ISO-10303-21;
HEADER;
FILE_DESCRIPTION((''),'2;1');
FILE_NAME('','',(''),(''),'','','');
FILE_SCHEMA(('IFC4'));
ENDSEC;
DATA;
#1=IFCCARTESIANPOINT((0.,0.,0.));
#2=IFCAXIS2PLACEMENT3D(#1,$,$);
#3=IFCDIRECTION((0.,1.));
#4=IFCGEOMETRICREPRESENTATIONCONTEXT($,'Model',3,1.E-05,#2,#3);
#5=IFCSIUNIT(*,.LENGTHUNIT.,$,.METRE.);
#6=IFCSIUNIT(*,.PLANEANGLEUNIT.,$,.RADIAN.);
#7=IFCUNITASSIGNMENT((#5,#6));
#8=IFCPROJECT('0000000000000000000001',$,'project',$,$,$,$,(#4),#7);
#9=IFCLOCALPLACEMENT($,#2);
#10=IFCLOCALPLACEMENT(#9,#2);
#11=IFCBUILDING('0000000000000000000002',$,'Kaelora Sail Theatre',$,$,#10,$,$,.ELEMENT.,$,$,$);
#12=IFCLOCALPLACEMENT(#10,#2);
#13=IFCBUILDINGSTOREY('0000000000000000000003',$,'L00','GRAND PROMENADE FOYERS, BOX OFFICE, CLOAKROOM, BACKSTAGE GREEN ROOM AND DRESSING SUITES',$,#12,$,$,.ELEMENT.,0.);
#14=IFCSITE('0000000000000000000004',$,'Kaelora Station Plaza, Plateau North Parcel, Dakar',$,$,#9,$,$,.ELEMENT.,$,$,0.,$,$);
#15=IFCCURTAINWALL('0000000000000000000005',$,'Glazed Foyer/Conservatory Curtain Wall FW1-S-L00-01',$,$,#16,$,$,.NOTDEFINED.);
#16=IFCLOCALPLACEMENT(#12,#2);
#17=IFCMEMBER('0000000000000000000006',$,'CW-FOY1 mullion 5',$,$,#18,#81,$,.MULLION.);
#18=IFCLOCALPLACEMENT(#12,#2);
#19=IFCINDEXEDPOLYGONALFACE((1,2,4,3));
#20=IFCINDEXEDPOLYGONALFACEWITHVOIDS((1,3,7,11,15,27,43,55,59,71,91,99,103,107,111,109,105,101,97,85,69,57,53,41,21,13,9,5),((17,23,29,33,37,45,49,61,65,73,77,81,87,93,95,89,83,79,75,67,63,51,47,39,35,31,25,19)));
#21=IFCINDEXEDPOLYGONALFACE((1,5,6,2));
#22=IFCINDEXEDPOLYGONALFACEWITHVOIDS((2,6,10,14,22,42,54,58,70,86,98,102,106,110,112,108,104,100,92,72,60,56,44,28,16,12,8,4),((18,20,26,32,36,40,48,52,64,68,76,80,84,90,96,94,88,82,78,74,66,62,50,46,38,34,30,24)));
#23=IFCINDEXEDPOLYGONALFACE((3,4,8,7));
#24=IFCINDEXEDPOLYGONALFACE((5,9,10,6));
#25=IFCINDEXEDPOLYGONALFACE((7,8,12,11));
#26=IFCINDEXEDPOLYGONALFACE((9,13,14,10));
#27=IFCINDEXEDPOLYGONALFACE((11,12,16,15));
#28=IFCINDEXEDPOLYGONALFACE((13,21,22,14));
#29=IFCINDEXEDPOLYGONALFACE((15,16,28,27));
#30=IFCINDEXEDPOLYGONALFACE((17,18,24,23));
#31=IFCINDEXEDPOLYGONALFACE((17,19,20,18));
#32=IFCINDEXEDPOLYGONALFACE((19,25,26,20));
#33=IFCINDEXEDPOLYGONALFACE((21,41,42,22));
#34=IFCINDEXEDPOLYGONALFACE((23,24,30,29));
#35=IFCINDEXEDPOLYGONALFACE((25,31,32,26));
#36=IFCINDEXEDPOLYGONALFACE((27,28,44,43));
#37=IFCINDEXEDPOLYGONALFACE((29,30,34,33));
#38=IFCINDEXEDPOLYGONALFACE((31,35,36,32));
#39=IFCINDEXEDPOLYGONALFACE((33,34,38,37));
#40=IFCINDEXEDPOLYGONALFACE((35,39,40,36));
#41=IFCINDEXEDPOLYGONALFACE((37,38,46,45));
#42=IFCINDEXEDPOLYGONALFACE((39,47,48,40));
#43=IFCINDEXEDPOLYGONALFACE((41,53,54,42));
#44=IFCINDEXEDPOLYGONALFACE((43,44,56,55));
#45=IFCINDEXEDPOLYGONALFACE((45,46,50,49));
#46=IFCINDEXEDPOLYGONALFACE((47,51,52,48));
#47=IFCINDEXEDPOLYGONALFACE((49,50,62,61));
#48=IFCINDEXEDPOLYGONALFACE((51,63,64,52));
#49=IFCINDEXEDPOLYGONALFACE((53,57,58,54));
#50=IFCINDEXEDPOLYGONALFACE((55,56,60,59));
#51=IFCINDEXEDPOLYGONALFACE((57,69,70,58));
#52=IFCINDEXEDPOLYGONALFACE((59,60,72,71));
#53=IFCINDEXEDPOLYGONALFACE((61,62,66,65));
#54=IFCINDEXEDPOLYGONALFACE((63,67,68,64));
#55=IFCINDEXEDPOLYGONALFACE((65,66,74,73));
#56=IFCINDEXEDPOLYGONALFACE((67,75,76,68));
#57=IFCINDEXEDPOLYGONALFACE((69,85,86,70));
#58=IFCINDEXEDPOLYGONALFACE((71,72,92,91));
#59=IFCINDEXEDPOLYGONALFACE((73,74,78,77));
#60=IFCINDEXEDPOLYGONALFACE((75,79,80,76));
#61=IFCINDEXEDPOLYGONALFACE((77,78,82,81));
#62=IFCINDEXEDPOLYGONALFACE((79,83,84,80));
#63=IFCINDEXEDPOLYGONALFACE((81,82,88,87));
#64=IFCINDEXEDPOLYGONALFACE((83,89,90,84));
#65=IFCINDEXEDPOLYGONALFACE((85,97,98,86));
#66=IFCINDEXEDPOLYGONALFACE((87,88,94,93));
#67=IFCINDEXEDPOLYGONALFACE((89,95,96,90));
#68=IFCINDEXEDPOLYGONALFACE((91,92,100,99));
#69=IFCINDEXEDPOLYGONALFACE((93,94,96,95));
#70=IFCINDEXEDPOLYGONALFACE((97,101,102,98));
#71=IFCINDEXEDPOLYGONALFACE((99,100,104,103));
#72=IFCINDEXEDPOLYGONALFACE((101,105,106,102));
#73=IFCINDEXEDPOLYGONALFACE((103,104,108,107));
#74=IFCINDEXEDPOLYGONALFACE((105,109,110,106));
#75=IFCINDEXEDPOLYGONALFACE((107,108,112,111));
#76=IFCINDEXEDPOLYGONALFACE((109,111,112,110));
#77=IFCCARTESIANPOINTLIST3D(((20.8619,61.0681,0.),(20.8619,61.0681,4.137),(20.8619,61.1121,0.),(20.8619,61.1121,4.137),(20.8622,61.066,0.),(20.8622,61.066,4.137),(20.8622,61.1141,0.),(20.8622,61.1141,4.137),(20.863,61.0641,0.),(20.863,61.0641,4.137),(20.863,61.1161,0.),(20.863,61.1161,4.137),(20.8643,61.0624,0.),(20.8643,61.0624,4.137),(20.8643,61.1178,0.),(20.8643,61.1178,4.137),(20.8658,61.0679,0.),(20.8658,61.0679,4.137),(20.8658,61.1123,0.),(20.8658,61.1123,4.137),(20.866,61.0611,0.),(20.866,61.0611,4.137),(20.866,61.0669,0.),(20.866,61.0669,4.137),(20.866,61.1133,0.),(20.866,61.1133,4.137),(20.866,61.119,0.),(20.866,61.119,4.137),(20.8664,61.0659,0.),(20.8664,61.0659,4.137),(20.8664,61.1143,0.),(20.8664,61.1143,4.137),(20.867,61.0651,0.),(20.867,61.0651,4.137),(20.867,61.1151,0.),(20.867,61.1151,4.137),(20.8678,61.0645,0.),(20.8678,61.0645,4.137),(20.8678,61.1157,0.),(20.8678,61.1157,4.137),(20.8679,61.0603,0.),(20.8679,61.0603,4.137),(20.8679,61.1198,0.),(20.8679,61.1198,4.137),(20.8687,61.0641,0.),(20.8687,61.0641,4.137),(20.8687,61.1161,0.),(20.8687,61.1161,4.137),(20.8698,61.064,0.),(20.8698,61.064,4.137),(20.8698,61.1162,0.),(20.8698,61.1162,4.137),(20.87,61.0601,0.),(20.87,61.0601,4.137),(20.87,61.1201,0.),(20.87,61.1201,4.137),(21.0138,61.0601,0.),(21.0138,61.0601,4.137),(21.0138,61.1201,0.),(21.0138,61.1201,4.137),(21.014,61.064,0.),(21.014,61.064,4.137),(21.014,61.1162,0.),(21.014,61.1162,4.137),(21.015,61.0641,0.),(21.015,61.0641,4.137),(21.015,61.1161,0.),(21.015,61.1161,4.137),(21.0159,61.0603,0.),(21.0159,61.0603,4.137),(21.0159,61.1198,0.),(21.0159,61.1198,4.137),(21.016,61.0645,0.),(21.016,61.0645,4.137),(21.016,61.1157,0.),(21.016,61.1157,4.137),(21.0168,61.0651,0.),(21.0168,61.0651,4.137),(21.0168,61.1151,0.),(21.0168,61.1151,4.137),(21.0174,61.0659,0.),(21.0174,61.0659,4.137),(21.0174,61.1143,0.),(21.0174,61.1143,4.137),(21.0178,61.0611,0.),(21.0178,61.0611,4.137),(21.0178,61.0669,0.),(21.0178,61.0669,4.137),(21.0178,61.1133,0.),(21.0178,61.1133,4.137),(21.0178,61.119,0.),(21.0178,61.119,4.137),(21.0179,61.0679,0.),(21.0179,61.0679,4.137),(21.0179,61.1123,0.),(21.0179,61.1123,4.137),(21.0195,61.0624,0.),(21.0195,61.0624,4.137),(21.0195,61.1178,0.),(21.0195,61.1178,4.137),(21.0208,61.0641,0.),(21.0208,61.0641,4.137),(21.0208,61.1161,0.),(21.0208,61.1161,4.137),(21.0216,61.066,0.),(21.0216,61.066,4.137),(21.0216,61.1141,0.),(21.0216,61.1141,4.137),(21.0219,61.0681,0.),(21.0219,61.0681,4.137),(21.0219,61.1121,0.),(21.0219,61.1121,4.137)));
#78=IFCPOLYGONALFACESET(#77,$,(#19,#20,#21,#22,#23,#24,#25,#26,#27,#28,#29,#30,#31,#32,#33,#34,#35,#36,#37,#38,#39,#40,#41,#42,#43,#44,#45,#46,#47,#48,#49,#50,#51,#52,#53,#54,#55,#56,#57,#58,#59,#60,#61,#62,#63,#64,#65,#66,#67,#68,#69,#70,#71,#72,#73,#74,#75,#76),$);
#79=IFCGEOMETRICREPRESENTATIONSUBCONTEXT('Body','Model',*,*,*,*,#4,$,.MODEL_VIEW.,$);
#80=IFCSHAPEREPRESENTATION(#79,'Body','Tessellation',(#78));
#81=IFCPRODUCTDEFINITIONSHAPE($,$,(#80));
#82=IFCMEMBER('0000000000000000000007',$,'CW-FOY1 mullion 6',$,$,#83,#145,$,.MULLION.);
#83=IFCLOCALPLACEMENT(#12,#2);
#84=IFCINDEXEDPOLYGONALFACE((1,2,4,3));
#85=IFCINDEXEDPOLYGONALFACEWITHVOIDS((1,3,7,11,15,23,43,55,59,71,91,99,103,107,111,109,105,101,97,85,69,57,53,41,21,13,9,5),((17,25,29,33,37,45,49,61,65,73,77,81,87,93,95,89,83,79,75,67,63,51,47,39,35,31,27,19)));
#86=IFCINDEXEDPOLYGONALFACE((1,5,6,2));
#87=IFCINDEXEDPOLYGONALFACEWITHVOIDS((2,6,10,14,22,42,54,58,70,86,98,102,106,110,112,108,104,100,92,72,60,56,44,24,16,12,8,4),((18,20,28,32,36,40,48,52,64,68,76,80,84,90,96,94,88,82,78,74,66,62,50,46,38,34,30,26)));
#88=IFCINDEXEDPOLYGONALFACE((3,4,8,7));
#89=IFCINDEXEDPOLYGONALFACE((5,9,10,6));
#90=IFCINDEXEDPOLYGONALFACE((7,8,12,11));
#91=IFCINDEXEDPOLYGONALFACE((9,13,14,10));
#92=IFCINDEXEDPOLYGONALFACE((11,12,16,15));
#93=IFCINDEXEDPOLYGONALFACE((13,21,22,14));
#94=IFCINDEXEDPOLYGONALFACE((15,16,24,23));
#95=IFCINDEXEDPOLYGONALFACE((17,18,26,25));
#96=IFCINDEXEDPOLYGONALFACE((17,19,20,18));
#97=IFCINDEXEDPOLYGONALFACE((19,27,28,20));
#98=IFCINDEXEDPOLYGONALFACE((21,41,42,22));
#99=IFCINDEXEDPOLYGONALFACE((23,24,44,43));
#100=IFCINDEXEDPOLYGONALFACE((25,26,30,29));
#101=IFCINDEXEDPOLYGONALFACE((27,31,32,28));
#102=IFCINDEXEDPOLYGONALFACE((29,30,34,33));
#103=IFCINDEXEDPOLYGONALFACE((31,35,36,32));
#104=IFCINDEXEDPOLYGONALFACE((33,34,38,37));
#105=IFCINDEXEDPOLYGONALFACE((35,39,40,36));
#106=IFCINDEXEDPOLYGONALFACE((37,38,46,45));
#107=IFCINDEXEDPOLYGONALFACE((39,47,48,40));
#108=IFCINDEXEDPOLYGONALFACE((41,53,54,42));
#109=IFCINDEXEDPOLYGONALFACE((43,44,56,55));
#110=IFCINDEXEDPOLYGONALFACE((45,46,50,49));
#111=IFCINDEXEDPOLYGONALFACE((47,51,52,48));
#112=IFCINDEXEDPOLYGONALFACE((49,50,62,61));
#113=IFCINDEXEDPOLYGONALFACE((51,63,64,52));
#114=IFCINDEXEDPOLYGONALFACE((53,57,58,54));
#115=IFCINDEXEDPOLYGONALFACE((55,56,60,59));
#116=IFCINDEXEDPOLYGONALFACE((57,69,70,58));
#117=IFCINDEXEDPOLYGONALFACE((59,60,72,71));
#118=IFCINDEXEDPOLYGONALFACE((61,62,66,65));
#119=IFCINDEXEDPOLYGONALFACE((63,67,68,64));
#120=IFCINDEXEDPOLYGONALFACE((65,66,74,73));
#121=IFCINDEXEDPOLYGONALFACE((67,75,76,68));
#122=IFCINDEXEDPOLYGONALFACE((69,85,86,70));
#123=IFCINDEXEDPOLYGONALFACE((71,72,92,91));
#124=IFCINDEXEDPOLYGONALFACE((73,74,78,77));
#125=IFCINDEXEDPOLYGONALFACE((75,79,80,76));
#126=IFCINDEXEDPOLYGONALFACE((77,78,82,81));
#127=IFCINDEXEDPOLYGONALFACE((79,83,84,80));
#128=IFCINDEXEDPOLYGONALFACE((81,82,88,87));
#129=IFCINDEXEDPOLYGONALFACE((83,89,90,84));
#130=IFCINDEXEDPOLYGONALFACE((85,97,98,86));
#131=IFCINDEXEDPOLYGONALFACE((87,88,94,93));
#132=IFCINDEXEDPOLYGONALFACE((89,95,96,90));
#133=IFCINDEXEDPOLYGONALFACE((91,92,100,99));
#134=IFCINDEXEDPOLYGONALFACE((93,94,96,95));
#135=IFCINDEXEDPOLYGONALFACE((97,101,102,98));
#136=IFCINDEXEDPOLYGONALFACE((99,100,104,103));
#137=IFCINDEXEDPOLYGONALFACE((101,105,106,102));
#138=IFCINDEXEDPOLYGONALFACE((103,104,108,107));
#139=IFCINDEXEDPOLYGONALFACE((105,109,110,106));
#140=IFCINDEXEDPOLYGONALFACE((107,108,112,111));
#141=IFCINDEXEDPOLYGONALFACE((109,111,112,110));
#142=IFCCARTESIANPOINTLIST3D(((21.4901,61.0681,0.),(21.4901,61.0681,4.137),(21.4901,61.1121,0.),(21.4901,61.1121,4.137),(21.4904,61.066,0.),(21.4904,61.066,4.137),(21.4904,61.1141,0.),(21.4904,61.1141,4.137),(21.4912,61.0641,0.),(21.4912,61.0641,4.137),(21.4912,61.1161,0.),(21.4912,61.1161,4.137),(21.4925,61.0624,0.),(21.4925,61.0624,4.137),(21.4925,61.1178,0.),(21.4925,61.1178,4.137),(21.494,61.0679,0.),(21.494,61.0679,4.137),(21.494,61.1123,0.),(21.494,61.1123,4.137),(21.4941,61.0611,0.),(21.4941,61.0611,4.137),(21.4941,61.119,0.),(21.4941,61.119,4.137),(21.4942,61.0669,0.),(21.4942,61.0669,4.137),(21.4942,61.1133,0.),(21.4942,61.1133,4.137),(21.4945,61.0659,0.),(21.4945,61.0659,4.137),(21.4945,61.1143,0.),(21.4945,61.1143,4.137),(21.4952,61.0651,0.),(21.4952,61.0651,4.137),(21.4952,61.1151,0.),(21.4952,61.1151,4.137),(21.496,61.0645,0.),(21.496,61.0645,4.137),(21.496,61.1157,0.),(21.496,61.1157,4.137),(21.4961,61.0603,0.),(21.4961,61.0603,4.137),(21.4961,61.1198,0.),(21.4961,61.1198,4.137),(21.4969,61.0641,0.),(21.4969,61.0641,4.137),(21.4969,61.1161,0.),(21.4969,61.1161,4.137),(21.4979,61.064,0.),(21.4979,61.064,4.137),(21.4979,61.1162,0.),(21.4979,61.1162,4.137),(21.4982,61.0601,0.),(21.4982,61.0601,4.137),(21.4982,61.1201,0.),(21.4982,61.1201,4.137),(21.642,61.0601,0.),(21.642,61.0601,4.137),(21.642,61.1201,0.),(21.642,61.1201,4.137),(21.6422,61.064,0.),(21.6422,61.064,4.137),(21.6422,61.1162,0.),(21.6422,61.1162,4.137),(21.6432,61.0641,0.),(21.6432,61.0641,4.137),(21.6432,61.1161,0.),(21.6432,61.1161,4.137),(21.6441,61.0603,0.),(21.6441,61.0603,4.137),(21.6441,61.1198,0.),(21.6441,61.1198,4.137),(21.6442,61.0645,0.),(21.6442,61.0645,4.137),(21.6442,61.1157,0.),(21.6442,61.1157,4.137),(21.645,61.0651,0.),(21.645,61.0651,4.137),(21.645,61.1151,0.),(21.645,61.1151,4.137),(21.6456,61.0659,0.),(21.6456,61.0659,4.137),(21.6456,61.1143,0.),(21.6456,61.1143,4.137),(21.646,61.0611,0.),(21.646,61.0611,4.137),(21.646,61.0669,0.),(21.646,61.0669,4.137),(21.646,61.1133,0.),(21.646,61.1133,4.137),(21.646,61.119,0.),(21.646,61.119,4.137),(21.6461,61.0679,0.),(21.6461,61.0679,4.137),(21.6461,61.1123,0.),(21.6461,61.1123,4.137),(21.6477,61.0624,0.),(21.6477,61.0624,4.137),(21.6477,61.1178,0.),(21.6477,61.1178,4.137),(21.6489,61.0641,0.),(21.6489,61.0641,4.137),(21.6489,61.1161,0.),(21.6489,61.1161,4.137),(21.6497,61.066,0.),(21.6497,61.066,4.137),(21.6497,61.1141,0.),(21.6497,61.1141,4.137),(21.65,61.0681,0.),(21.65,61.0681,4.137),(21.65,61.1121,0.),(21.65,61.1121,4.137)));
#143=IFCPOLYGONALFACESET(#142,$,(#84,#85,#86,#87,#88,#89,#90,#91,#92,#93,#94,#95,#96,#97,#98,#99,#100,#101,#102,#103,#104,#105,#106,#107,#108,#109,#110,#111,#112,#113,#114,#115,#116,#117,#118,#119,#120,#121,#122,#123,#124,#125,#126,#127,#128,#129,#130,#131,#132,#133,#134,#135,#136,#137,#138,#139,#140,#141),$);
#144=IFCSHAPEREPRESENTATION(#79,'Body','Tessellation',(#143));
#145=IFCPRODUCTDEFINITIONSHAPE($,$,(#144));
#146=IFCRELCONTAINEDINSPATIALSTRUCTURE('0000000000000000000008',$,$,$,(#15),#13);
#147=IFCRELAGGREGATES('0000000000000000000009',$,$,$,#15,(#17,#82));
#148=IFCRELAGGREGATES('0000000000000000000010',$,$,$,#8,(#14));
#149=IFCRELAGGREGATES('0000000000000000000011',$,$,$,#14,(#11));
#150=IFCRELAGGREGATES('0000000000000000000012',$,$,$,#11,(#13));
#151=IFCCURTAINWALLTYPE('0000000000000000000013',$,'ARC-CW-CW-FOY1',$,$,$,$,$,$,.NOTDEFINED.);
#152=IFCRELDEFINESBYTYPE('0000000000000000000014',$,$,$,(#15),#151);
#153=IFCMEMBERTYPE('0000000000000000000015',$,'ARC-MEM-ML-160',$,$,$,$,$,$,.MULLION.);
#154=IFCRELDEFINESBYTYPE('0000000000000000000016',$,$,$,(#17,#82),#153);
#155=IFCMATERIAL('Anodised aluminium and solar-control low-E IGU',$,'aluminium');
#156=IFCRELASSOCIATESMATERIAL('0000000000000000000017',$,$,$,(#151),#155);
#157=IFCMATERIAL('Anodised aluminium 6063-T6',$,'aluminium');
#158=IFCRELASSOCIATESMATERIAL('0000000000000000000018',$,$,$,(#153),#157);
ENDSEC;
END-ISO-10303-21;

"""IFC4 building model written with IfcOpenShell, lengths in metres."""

from ifc_helpers import new_model, si_unit, direction, frame, origin, origin_2d, place, context, subcontext, project, spatial, hollow_rectangle, extrude, material, material_profile, profile_set, type_object, element, aggregate, save


model = new_model("IFC4")

# Units and contexts
model_context = context("Model", 3, precision=1e-05, world=origin(), true_north=direction((0.0, 1.0)))
body_context = subcontext(model_context, "Body", "Model", "MODEL_VIEW")
ifc_project = project(units=[si_unit("LENGTHUNIT", "METRE"), si_unit("PLANEANGLEUNIT", "RADIAN")], contexts=[model_context])

# Site, building, storey
site_placement = place(None, origin())
site = spatial("IfcSite", under=ifc_project, at=site_placement, Name="Kaelora Station Plaza, Plateau North Parcel, Dakar", CompositionType="ELEMENT", RefElevation=0.0)
building_placement = place(site_placement, origin())
building = spatial("IfcBuilding", under=site, at=building_placement, Name="Kaelora Sail Theatre", CompositionType="ELEMENT")
storey_placement = place(building_placement, origin())
storey = spatial("IfcBuildingStorey", under=building, at=storey_placement, Name="L00", Description="GRAND PROMENADE FOYERS, BOX OFFICE, CLOAKROOM, BACKSTAGE GREEN ROOM AND DRESSING SUITES", CompositionType="ELEMENT", Elevation=0.0)

# Curtain wall, members
ifc_material_1 = material(Name="Anodised aluminium and solar-control low-E IGU", Category="aluminium")
curtain_wall_type = type_object("IfcCurtainWallType", Name="ARC-CW-CW-FOY1", PredefinedType="NOTDEFINED", material=ifc_material_1)
curtain_wall_placement = place(storey_placement, origin())
curtain_wall = element("IfcCurtainWall", 1, at=curtain_wall_placement, inside=storey, type_object=curtain_wall_type, Name="Glazed Foyer/Conservatory Curtain Wall FW1-S-L00-01", PredefinedType="NOTDEFINED")
ifc_material_2 = material(Name="Anodised aluminium 6063-T6", Category="aluminium")
ifc_material_profile_1 = material_profile(ifc_material_2, hollow_rectangle(XDim=0.0601, YDim=0.1599, WallThickness=0.0039, InnerFilletRadius=0.0039, OuterFilletRadius=0.0081, at=origin_2d()), Name="ALU-MULL 60x160x4")
ifc_profile_set_1 = profile_set([ifc_material_profile_1], Name="Anodised aluminium 6063-T6")
member_type_1 = type_object("IfcMemberType", Name="ARC-MEM-ML-160", PredefinedType="MULLION", material=ifc_profile_set_1)
member_1_placement = place(storey_placement, frame((20.9419, 61.0901, 0.0), z_axis=(0.0, 0.0, 1.0), x_axis=(0.0, 1.0, 0.0)))
member_1 = element("IfcMember", 2, at=member_1_placement, type_object=member_type_1, Name="CW-FOY1 mullion 5", PredefinedType="MULLION", context=body_context, shape_type="SweptSolid", body=[
    extrude(hollow_rectangle(XDim=0.0601, YDim=0.1599, WallThickness=0.0039, InnerFilletRadius=0.0039, OuterFilletRadius=0.0081, at=origin_2d()), origin(), (0.0, 0.0, 1.0), 4.137),
])
member_2_placement = place(storey_placement, frame((21.5701, 61.0901, 0.0), z_axis=(0.0, 0.0, 1.0), x_axis=(0.0, 1.0, 0.0)))
member_2 = element("IfcMember", 3, at=member_2_placement, type_object=member_type_1, Name="CW-FOY1 mullion 6", PredefinedType="MULLION", context=body_context, shape_type="SweptSolid", body=[
    extrude(hollow_rectangle(XDim=0.0601, YDim=0.1599, WallThickness=0.0039, InnerFilletRadius=0.0039, OuterFilletRadius=0.0081, at=origin_2d()), origin(), (0.0, 0.0, 1.0), 4.137),
])

aggregate(curtain_wall, [member_1, member_2])

save(model, "model.ifc")
